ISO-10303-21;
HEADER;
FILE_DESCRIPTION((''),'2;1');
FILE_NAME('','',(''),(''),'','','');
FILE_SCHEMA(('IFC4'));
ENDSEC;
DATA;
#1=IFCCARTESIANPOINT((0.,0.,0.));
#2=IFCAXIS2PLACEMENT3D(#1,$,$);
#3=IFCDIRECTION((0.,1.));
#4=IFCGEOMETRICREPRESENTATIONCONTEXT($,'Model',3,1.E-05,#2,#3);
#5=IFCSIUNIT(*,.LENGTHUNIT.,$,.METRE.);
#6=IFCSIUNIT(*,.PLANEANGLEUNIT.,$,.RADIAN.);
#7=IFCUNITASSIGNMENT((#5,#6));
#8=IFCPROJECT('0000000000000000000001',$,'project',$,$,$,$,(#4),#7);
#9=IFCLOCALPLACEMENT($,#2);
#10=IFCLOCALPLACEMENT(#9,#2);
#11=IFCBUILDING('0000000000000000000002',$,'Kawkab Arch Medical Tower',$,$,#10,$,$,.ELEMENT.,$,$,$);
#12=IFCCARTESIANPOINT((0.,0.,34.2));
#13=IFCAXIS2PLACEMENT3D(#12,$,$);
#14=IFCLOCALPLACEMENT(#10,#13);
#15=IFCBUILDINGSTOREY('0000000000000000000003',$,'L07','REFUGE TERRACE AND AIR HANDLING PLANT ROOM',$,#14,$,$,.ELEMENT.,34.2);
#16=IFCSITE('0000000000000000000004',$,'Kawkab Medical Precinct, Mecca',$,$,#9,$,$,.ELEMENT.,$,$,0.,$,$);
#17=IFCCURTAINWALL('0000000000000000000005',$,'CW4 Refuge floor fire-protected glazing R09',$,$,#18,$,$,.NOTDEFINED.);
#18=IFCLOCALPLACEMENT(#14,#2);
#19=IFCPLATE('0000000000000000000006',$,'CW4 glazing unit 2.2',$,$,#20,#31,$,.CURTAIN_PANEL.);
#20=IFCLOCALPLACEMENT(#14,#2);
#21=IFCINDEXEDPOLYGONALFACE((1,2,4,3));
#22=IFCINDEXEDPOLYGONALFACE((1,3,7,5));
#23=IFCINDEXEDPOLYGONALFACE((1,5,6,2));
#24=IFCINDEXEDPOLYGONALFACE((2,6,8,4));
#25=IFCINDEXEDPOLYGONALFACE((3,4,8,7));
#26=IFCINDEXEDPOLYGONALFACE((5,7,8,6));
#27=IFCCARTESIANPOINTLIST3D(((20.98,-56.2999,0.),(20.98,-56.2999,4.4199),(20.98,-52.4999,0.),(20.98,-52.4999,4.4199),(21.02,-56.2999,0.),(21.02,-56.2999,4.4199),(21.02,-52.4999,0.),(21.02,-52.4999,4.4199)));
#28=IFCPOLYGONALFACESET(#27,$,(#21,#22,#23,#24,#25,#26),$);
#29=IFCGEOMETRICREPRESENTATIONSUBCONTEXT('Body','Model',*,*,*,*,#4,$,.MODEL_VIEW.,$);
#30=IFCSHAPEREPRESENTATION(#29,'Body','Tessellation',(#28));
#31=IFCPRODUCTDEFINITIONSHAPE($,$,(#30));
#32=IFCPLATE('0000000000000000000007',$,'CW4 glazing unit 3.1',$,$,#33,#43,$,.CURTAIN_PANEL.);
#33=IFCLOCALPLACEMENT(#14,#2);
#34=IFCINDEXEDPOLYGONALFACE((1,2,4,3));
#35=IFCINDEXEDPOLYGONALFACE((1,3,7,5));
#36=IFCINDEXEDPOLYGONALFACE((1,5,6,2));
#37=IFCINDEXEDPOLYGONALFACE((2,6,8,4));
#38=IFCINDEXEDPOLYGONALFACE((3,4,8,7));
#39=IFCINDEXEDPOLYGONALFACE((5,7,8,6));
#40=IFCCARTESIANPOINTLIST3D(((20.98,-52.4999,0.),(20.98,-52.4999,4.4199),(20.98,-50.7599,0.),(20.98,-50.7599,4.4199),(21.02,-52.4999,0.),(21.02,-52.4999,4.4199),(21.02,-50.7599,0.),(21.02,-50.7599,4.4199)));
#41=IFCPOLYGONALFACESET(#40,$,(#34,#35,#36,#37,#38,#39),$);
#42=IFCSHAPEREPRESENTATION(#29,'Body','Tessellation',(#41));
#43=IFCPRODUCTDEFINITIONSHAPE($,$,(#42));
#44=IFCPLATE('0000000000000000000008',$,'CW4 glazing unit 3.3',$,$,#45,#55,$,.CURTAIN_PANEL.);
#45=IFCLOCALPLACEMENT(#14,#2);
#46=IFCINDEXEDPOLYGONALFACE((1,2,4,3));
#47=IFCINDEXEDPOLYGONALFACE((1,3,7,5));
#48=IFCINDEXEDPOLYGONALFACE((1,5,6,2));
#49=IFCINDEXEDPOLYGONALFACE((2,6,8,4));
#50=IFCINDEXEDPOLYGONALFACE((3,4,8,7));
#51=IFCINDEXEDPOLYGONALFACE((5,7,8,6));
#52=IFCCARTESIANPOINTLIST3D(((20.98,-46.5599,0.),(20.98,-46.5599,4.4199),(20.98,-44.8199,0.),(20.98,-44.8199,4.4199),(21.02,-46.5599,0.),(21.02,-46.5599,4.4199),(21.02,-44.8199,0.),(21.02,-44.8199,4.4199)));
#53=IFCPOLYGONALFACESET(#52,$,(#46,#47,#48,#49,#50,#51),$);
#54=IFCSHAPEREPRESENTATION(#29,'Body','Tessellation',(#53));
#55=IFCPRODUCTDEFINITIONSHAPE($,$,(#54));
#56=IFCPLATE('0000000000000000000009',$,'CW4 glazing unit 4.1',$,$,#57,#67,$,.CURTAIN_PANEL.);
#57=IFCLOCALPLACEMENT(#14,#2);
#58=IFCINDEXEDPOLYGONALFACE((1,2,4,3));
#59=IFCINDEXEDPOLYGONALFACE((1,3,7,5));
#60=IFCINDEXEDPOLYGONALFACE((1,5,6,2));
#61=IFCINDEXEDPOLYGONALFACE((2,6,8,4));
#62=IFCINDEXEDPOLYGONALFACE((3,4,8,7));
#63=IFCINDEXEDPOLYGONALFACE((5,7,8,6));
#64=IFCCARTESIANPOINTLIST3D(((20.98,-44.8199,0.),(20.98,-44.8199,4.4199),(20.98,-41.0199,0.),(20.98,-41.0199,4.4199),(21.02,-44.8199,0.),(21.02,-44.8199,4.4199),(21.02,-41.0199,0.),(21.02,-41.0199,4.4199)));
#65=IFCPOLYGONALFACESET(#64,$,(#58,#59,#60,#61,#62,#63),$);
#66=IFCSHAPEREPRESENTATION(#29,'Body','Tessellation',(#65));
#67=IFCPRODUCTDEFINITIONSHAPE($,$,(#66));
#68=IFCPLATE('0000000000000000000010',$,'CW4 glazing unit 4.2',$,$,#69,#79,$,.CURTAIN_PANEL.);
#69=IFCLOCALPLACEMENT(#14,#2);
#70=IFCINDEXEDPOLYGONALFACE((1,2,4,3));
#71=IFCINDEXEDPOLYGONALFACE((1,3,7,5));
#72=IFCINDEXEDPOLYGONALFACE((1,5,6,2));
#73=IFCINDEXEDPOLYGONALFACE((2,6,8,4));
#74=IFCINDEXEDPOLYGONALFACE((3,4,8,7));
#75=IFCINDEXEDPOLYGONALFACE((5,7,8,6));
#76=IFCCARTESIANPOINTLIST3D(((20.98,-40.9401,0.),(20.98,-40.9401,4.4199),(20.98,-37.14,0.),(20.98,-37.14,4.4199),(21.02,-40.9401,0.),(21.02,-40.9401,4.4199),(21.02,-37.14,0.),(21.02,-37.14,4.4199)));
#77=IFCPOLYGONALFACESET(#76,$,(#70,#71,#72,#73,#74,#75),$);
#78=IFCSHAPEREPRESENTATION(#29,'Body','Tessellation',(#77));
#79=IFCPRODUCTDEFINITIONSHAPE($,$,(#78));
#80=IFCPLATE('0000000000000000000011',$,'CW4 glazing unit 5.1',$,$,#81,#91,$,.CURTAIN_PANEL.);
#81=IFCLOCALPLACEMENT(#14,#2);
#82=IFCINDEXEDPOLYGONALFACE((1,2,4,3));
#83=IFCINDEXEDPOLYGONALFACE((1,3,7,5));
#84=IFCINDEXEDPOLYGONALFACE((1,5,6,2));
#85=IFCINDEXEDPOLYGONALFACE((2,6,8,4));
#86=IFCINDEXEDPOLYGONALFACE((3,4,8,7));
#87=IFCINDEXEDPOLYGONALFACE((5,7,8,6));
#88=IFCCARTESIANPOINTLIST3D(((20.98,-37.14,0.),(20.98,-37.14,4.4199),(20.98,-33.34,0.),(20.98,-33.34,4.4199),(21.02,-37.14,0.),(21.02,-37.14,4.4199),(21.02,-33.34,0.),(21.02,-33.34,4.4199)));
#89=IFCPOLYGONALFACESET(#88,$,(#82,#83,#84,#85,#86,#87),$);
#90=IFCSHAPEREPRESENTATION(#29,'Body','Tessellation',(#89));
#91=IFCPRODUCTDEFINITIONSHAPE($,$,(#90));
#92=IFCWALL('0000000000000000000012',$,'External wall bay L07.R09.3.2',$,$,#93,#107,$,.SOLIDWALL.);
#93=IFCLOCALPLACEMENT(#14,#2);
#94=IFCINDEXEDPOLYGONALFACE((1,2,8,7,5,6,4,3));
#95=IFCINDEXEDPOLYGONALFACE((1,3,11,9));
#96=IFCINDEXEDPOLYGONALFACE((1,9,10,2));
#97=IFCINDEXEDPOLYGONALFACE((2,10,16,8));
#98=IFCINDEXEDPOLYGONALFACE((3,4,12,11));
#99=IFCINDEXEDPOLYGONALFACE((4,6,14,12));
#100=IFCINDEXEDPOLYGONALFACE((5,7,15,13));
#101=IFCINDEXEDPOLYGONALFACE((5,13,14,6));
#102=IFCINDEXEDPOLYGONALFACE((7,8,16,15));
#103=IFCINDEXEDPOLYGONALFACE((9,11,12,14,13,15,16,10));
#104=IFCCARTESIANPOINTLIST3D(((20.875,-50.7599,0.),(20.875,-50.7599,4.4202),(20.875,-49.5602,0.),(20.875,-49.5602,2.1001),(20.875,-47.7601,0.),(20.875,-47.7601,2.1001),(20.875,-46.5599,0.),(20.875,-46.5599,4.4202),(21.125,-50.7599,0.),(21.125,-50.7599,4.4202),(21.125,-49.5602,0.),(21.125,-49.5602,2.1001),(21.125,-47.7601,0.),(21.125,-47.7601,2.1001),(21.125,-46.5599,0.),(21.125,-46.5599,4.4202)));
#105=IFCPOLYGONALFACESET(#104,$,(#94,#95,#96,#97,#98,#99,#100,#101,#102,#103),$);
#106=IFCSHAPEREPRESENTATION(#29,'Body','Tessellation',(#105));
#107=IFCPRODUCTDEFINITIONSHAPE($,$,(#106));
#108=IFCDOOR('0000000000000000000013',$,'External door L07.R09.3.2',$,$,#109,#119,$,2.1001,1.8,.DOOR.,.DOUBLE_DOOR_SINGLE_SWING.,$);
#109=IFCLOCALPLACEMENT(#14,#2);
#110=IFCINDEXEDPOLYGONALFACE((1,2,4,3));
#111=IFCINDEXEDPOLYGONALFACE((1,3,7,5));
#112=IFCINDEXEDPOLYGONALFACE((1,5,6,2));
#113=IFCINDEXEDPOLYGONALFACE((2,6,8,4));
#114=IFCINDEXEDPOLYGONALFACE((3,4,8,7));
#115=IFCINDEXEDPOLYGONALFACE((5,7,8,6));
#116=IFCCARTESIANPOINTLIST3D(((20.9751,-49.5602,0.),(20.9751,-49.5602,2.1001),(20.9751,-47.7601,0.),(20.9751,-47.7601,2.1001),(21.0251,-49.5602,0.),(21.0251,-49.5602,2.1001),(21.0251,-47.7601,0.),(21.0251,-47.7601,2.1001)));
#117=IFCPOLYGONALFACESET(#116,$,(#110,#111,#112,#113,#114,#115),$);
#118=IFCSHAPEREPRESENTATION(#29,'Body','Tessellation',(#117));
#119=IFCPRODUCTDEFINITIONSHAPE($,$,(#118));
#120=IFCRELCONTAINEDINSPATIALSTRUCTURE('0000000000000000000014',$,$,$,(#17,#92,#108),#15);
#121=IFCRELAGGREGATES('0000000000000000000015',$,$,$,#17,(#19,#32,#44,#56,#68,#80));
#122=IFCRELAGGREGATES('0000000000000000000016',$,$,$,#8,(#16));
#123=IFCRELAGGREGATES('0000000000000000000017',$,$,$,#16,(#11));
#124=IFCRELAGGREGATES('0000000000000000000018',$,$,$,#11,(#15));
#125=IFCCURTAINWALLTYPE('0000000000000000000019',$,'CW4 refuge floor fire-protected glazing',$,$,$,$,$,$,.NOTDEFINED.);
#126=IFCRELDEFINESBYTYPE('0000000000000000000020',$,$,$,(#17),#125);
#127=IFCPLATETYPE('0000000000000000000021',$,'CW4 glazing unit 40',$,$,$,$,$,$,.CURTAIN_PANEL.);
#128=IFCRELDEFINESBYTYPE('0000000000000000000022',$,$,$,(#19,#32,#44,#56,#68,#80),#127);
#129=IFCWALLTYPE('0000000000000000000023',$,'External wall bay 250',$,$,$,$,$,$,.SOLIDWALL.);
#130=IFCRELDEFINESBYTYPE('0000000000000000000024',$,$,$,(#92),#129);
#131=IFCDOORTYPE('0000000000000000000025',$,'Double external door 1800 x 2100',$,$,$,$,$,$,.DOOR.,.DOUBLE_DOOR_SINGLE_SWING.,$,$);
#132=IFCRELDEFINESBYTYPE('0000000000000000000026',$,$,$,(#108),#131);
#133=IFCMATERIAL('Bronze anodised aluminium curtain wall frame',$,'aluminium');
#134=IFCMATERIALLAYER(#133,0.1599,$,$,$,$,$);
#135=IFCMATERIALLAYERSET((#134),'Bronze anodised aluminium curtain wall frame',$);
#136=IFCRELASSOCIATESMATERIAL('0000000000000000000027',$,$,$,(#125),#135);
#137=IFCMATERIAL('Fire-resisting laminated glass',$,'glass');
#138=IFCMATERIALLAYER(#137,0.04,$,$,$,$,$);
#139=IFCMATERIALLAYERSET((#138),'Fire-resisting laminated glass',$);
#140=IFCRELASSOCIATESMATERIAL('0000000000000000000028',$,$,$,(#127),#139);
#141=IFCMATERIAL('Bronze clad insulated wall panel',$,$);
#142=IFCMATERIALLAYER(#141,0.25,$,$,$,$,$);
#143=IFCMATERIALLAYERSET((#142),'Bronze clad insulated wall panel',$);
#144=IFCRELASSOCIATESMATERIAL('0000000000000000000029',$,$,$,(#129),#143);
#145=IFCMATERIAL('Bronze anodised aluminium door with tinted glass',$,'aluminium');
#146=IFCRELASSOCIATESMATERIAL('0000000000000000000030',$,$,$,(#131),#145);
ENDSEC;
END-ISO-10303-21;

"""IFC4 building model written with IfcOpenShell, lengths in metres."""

from ifc_helpers import new_model, si_unit, direction, frame, frame_2d, origin, origin_2d, place, context, subcontext, project, spatial, rectangle, extrude, material, layer, layer_set, type_object, element, fill, aggregate, save


model = new_model("IFC4")

# Units and contexts
model_context = context("Model", 3, precision=1e-05, world=origin(), true_north=direction((0.0, 1.0)))
body_context = subcontext(model_context, "Body", "Model", "MODEL_VIEW")
ifc_project = project(units=[si_unit("LENGTHUNIT", "METRE"), si_unit("PLANEANGLEUNIT", "RADIAN")], contexts=[model_context])

# Site, building, storey
site_placement = place(None, origin())
site = spatial("IfcSite", under=ifc_project, at=site_placement, Name="Kawkab Medical Precinct, Mecca", CompositionType="ELEMENT", RefElevation=0.0)
building_placement = place(site_placement, origin())
building = spatial("IfcBuilding", under=site, at=building_placement, Name="Kawkab Arch Medical Tower", CompositionType="ELEMENT")
storey_placement = place(building_placement, frame((0.0, 0.0, 34.2)))
storey = spatial("IfcBuildingStorey", under=building, at=storey_placement, Name="L07", Description="REFUGE TERRACE AND AIR HANDLING PLANT ROOM", CompositionType="ELEMENT", Elevation=34.2)

# Curtain wall
ifc_material_1 = material(Name="Bronze anodised aluminium curtain wall frame", Category="aluminium")
ifc_layer_1 = layer(ifc_material_1, 0.1599)
ifc_layer_set_1 = layer_set([ifc_layer_1], Name="Bronze anodised aluminium curtain wall frame")
curtain_wall_type = type_object("IfcCurtainWallType", Name="CW4 refuge floor fire-protected glazing", PredefinedType="NOTDEFINED", material=ifc_layer_set_1)
curtain_wall_placement = place(storey_placement, origin())
curtain_wall = element("IfcCurtainWall", 1, at=curtain_wall_placement, inside=storey, type_object=curtain_wall_type, Name="CW4 Refuge floor fire-protected glazing R09", PredefinedType="NOTDEFINED")

# Plates
ifc_material_2 = material(Name="Fire-resisting laminated glass", Category="glass")
ifc_layer_2 = layer(ifc_material_2, 0.04)
ifc_layer_set_2 = layer_set([ifc_layer_2], Name="Fire-resisting laminated glass")
plate_type = type_object("IfcPlateType", Name="CW4 glazing unit 40", PredefinedType="CURTAIN_PANEL", material=ifc_layer_set_2)
plate_1_placement = place(storey_placement, frame((21.0, -54.3999, 0.0), z_axis=(0.0, 0.0, 1.0), x_axis=(0.0, 1.0, 0.0)))
plate_1 = element("IfcPlate", 2, at=plate_1_placement, type_object=plate_type, Name="CW4 glazing unit 2.2", PredefinedType="CURTAIN_PANEL", context=body_context, shape_type="SweptSolid", body=[
    extrude(rectangle(XDim=3.8, YDim=0.04, at=origin_2d()), origin(), (0.0, 0.0, 1.0), 4.4199),
])
plate_2_placement = place(storey_placement, frame((21.0, -51.6299, 0.0), z_axis=(0.0, 0.0, 1.0), x_axis=(0.0, 1.0, 0.0)))
plate_2 = element("IfcPlate", 3, at=plate_2_placement, type_object=plate_type, Name="CW4 glazing unit 3.1", PredefinedType="CURTAIN_PANEL", context=body_context, shape_type="SweptSolid", body=[
    extrude(rectangle(XDim=1.74, YDim=0.04, at=origin_2d()), origin(), (0.0, 0.0, 1.0), 4.4199),
])
plate_3_placement = place(storey_placement, frame((21.0, -45.6899, 0.0), z_axis=(0.0, 0.0, 1.0), x_axis=(0.0, 1.0, 0.0)))
plate_3 = element("IfcPlate", 4, at=plate_3_placement, type_object=plate_type, Name="CW4 glazing unit 3.3", PredefinedType="CURTAIN_PANEL", context=body_context, shape_type="SweptSolid", body=[
    extrude(rectangle(XDim=1.74, YDim=0.04, at=origin_2d()), origin(), (0.0, 0.0, 1.0), 4.4199),
])
plate_4_placement = place(storey_placement, frame((21.0, -42.9199, 0.0), z_axis=(0.0, 0.0, 1.0), x_axis=(0.0, 1.0, 0.0)))
plate_4 = element("IfcPlate", 5, at=plate_4_placement, type_object=plate_type, Name="CW4 glazing unit 4.1", PredefinedType="CURTAIN_PANEL", context=body_context, shape_type="SweptSolid", body=[
    extrude(rectangle(XDim=3.8, YDim=0.04, at=origin_2d()), origin(), (0.0, 0.0, 1.0), 4.4199),
])
plate_5_placement = place(storey_placement, frame((21.0, -39.04, 0.0), z_axis=(0.0, 0.0, 1.0), x_axis=(0.0, 1.0, 0.0)))
plate_5 = element("IfcPlate", 6, at=plate_5_placement, type_object=plate_type, Name="CW4 glazing unit 4.2", PredefinedType="CURTAIN_PANEL", context=body_context, shape_type="SweptSolid", body=[
    extrude(rectangle(XDim=3.8, YDim=0.04, at=origin_2d()), origin(), (0.0, 0.0, 1.0), 4.4199),
])
plate_6_placement = place(storey_placement, frame((21.0, -35.24, 0.0), z_axis=(0.0, 0.0, 1.0), x_axis=(0.0, 1.0, 0.0)))
plate_6 = element("IfcPlate", 7, at=plate_6_placement, type_object=plate_type, Name="CW4 glazing unit 5.1", PredefinedType="CURTAIN_PANEL", context=body_context, shape_type="SweptSolid", body=[
    extrude(rectangle(XDim=3.8, YDim=0.04, at=origin_2d()), origin(), (0.0, 0.0, 1.0), 4.4199),
])
aggregate(curtain_wall, [plate_1, plate_2, plate_3, plate_4, plate_5, plate_6])

# Wall, opening, door
ifc_material_3 = material(Name="Bronze clad insulated wall panel")
ifc_layer_3 = layer(ifc_material_3, 0.25)
ifc_layer_set_3 = layer_set([ifc_layer_3], Name="Bronze clad insulated wall panel")
wall_type = type_object("IfcWallType", Name="External wall bay 250", PredefinedType="SOLIDWALL", material=ifc_layer_set_3)
wall_placement = place(storey_placement, frame((21.0, -50.76, 0.0), z_axis=(0.0, 0.0, 1.0), x_axis=(0.0, 1.0, 0.0)))
wall = element("IfcWall", 8, at=wall_placement, inside=storey, type_object=wall_type, Name="External wall bay L07.R09.3.2", PredefinedType="SOLIDWALL", context=body_context, shape_type="SweptSolid", body=[
    extrude(rectangle(XDim=4.2, YDim=0.25, at=frame_2d((2.1001, 0.0))), origin(), (0.0, 0.0, 1.0), 4.4202),
])
opening_placement = place(wall_placement, frame((1.2, 0.0, 0.0)))
opening = element("IfcOpeningElement", 9, at=opening_placement, cuts=wall, PredefinedType="OPENING", context=body_context, shape_type="SweptSolid", body=[
    extrude(rectangle(XDim=1.8, YDim=2.1001, at=frame_2d((0.8999, 1.05))), frame((0.0, 0.135, 0.0), z_axis=(0.0, -1.0, 0.0), x_axis=(1.0, 0.0, 0.0)), (0.0, 0.0, 1.0), 0.27),
])
ifc_material_4 = material(Name="Bronze anodised aluminium door with tinted glass", Category="aluminium")
door_type = type_object("IfcDoorType", Name="Double external door 1800 x 2100", OperationType="DOUBLE_DOOR_SINGLE_SWING", PredefinedType="DOOR", material=ifc_material_4)
door_placement = place(opening_placement, origin())
door = element("IfcDoor", 10, at=door_placement, inside=storey, type_object=door_type, Name="External door L07.R09.3.2", OperationType="DOUBLE_DOOR_SINGLE_SWING", OverallHeight=2.1001, OverallWidth=1.8, PredefinedType="DOOR", context=body_context, shape_type="SweptSolid", body=[
    extrude(rectangle(XDim=1.8, YDim=2.1001, at=frame_2d((0.8999, 1.05))), frame((0.0, 0.0249, 0.0), z_axis=(0.0, -1.0, 0.0), x_axis=(1.0, 0.0, 0.0)), (0.0, 0.0, 1.0), 0.05),
])
fill(opening, door)

save(model, "model.ifc")
